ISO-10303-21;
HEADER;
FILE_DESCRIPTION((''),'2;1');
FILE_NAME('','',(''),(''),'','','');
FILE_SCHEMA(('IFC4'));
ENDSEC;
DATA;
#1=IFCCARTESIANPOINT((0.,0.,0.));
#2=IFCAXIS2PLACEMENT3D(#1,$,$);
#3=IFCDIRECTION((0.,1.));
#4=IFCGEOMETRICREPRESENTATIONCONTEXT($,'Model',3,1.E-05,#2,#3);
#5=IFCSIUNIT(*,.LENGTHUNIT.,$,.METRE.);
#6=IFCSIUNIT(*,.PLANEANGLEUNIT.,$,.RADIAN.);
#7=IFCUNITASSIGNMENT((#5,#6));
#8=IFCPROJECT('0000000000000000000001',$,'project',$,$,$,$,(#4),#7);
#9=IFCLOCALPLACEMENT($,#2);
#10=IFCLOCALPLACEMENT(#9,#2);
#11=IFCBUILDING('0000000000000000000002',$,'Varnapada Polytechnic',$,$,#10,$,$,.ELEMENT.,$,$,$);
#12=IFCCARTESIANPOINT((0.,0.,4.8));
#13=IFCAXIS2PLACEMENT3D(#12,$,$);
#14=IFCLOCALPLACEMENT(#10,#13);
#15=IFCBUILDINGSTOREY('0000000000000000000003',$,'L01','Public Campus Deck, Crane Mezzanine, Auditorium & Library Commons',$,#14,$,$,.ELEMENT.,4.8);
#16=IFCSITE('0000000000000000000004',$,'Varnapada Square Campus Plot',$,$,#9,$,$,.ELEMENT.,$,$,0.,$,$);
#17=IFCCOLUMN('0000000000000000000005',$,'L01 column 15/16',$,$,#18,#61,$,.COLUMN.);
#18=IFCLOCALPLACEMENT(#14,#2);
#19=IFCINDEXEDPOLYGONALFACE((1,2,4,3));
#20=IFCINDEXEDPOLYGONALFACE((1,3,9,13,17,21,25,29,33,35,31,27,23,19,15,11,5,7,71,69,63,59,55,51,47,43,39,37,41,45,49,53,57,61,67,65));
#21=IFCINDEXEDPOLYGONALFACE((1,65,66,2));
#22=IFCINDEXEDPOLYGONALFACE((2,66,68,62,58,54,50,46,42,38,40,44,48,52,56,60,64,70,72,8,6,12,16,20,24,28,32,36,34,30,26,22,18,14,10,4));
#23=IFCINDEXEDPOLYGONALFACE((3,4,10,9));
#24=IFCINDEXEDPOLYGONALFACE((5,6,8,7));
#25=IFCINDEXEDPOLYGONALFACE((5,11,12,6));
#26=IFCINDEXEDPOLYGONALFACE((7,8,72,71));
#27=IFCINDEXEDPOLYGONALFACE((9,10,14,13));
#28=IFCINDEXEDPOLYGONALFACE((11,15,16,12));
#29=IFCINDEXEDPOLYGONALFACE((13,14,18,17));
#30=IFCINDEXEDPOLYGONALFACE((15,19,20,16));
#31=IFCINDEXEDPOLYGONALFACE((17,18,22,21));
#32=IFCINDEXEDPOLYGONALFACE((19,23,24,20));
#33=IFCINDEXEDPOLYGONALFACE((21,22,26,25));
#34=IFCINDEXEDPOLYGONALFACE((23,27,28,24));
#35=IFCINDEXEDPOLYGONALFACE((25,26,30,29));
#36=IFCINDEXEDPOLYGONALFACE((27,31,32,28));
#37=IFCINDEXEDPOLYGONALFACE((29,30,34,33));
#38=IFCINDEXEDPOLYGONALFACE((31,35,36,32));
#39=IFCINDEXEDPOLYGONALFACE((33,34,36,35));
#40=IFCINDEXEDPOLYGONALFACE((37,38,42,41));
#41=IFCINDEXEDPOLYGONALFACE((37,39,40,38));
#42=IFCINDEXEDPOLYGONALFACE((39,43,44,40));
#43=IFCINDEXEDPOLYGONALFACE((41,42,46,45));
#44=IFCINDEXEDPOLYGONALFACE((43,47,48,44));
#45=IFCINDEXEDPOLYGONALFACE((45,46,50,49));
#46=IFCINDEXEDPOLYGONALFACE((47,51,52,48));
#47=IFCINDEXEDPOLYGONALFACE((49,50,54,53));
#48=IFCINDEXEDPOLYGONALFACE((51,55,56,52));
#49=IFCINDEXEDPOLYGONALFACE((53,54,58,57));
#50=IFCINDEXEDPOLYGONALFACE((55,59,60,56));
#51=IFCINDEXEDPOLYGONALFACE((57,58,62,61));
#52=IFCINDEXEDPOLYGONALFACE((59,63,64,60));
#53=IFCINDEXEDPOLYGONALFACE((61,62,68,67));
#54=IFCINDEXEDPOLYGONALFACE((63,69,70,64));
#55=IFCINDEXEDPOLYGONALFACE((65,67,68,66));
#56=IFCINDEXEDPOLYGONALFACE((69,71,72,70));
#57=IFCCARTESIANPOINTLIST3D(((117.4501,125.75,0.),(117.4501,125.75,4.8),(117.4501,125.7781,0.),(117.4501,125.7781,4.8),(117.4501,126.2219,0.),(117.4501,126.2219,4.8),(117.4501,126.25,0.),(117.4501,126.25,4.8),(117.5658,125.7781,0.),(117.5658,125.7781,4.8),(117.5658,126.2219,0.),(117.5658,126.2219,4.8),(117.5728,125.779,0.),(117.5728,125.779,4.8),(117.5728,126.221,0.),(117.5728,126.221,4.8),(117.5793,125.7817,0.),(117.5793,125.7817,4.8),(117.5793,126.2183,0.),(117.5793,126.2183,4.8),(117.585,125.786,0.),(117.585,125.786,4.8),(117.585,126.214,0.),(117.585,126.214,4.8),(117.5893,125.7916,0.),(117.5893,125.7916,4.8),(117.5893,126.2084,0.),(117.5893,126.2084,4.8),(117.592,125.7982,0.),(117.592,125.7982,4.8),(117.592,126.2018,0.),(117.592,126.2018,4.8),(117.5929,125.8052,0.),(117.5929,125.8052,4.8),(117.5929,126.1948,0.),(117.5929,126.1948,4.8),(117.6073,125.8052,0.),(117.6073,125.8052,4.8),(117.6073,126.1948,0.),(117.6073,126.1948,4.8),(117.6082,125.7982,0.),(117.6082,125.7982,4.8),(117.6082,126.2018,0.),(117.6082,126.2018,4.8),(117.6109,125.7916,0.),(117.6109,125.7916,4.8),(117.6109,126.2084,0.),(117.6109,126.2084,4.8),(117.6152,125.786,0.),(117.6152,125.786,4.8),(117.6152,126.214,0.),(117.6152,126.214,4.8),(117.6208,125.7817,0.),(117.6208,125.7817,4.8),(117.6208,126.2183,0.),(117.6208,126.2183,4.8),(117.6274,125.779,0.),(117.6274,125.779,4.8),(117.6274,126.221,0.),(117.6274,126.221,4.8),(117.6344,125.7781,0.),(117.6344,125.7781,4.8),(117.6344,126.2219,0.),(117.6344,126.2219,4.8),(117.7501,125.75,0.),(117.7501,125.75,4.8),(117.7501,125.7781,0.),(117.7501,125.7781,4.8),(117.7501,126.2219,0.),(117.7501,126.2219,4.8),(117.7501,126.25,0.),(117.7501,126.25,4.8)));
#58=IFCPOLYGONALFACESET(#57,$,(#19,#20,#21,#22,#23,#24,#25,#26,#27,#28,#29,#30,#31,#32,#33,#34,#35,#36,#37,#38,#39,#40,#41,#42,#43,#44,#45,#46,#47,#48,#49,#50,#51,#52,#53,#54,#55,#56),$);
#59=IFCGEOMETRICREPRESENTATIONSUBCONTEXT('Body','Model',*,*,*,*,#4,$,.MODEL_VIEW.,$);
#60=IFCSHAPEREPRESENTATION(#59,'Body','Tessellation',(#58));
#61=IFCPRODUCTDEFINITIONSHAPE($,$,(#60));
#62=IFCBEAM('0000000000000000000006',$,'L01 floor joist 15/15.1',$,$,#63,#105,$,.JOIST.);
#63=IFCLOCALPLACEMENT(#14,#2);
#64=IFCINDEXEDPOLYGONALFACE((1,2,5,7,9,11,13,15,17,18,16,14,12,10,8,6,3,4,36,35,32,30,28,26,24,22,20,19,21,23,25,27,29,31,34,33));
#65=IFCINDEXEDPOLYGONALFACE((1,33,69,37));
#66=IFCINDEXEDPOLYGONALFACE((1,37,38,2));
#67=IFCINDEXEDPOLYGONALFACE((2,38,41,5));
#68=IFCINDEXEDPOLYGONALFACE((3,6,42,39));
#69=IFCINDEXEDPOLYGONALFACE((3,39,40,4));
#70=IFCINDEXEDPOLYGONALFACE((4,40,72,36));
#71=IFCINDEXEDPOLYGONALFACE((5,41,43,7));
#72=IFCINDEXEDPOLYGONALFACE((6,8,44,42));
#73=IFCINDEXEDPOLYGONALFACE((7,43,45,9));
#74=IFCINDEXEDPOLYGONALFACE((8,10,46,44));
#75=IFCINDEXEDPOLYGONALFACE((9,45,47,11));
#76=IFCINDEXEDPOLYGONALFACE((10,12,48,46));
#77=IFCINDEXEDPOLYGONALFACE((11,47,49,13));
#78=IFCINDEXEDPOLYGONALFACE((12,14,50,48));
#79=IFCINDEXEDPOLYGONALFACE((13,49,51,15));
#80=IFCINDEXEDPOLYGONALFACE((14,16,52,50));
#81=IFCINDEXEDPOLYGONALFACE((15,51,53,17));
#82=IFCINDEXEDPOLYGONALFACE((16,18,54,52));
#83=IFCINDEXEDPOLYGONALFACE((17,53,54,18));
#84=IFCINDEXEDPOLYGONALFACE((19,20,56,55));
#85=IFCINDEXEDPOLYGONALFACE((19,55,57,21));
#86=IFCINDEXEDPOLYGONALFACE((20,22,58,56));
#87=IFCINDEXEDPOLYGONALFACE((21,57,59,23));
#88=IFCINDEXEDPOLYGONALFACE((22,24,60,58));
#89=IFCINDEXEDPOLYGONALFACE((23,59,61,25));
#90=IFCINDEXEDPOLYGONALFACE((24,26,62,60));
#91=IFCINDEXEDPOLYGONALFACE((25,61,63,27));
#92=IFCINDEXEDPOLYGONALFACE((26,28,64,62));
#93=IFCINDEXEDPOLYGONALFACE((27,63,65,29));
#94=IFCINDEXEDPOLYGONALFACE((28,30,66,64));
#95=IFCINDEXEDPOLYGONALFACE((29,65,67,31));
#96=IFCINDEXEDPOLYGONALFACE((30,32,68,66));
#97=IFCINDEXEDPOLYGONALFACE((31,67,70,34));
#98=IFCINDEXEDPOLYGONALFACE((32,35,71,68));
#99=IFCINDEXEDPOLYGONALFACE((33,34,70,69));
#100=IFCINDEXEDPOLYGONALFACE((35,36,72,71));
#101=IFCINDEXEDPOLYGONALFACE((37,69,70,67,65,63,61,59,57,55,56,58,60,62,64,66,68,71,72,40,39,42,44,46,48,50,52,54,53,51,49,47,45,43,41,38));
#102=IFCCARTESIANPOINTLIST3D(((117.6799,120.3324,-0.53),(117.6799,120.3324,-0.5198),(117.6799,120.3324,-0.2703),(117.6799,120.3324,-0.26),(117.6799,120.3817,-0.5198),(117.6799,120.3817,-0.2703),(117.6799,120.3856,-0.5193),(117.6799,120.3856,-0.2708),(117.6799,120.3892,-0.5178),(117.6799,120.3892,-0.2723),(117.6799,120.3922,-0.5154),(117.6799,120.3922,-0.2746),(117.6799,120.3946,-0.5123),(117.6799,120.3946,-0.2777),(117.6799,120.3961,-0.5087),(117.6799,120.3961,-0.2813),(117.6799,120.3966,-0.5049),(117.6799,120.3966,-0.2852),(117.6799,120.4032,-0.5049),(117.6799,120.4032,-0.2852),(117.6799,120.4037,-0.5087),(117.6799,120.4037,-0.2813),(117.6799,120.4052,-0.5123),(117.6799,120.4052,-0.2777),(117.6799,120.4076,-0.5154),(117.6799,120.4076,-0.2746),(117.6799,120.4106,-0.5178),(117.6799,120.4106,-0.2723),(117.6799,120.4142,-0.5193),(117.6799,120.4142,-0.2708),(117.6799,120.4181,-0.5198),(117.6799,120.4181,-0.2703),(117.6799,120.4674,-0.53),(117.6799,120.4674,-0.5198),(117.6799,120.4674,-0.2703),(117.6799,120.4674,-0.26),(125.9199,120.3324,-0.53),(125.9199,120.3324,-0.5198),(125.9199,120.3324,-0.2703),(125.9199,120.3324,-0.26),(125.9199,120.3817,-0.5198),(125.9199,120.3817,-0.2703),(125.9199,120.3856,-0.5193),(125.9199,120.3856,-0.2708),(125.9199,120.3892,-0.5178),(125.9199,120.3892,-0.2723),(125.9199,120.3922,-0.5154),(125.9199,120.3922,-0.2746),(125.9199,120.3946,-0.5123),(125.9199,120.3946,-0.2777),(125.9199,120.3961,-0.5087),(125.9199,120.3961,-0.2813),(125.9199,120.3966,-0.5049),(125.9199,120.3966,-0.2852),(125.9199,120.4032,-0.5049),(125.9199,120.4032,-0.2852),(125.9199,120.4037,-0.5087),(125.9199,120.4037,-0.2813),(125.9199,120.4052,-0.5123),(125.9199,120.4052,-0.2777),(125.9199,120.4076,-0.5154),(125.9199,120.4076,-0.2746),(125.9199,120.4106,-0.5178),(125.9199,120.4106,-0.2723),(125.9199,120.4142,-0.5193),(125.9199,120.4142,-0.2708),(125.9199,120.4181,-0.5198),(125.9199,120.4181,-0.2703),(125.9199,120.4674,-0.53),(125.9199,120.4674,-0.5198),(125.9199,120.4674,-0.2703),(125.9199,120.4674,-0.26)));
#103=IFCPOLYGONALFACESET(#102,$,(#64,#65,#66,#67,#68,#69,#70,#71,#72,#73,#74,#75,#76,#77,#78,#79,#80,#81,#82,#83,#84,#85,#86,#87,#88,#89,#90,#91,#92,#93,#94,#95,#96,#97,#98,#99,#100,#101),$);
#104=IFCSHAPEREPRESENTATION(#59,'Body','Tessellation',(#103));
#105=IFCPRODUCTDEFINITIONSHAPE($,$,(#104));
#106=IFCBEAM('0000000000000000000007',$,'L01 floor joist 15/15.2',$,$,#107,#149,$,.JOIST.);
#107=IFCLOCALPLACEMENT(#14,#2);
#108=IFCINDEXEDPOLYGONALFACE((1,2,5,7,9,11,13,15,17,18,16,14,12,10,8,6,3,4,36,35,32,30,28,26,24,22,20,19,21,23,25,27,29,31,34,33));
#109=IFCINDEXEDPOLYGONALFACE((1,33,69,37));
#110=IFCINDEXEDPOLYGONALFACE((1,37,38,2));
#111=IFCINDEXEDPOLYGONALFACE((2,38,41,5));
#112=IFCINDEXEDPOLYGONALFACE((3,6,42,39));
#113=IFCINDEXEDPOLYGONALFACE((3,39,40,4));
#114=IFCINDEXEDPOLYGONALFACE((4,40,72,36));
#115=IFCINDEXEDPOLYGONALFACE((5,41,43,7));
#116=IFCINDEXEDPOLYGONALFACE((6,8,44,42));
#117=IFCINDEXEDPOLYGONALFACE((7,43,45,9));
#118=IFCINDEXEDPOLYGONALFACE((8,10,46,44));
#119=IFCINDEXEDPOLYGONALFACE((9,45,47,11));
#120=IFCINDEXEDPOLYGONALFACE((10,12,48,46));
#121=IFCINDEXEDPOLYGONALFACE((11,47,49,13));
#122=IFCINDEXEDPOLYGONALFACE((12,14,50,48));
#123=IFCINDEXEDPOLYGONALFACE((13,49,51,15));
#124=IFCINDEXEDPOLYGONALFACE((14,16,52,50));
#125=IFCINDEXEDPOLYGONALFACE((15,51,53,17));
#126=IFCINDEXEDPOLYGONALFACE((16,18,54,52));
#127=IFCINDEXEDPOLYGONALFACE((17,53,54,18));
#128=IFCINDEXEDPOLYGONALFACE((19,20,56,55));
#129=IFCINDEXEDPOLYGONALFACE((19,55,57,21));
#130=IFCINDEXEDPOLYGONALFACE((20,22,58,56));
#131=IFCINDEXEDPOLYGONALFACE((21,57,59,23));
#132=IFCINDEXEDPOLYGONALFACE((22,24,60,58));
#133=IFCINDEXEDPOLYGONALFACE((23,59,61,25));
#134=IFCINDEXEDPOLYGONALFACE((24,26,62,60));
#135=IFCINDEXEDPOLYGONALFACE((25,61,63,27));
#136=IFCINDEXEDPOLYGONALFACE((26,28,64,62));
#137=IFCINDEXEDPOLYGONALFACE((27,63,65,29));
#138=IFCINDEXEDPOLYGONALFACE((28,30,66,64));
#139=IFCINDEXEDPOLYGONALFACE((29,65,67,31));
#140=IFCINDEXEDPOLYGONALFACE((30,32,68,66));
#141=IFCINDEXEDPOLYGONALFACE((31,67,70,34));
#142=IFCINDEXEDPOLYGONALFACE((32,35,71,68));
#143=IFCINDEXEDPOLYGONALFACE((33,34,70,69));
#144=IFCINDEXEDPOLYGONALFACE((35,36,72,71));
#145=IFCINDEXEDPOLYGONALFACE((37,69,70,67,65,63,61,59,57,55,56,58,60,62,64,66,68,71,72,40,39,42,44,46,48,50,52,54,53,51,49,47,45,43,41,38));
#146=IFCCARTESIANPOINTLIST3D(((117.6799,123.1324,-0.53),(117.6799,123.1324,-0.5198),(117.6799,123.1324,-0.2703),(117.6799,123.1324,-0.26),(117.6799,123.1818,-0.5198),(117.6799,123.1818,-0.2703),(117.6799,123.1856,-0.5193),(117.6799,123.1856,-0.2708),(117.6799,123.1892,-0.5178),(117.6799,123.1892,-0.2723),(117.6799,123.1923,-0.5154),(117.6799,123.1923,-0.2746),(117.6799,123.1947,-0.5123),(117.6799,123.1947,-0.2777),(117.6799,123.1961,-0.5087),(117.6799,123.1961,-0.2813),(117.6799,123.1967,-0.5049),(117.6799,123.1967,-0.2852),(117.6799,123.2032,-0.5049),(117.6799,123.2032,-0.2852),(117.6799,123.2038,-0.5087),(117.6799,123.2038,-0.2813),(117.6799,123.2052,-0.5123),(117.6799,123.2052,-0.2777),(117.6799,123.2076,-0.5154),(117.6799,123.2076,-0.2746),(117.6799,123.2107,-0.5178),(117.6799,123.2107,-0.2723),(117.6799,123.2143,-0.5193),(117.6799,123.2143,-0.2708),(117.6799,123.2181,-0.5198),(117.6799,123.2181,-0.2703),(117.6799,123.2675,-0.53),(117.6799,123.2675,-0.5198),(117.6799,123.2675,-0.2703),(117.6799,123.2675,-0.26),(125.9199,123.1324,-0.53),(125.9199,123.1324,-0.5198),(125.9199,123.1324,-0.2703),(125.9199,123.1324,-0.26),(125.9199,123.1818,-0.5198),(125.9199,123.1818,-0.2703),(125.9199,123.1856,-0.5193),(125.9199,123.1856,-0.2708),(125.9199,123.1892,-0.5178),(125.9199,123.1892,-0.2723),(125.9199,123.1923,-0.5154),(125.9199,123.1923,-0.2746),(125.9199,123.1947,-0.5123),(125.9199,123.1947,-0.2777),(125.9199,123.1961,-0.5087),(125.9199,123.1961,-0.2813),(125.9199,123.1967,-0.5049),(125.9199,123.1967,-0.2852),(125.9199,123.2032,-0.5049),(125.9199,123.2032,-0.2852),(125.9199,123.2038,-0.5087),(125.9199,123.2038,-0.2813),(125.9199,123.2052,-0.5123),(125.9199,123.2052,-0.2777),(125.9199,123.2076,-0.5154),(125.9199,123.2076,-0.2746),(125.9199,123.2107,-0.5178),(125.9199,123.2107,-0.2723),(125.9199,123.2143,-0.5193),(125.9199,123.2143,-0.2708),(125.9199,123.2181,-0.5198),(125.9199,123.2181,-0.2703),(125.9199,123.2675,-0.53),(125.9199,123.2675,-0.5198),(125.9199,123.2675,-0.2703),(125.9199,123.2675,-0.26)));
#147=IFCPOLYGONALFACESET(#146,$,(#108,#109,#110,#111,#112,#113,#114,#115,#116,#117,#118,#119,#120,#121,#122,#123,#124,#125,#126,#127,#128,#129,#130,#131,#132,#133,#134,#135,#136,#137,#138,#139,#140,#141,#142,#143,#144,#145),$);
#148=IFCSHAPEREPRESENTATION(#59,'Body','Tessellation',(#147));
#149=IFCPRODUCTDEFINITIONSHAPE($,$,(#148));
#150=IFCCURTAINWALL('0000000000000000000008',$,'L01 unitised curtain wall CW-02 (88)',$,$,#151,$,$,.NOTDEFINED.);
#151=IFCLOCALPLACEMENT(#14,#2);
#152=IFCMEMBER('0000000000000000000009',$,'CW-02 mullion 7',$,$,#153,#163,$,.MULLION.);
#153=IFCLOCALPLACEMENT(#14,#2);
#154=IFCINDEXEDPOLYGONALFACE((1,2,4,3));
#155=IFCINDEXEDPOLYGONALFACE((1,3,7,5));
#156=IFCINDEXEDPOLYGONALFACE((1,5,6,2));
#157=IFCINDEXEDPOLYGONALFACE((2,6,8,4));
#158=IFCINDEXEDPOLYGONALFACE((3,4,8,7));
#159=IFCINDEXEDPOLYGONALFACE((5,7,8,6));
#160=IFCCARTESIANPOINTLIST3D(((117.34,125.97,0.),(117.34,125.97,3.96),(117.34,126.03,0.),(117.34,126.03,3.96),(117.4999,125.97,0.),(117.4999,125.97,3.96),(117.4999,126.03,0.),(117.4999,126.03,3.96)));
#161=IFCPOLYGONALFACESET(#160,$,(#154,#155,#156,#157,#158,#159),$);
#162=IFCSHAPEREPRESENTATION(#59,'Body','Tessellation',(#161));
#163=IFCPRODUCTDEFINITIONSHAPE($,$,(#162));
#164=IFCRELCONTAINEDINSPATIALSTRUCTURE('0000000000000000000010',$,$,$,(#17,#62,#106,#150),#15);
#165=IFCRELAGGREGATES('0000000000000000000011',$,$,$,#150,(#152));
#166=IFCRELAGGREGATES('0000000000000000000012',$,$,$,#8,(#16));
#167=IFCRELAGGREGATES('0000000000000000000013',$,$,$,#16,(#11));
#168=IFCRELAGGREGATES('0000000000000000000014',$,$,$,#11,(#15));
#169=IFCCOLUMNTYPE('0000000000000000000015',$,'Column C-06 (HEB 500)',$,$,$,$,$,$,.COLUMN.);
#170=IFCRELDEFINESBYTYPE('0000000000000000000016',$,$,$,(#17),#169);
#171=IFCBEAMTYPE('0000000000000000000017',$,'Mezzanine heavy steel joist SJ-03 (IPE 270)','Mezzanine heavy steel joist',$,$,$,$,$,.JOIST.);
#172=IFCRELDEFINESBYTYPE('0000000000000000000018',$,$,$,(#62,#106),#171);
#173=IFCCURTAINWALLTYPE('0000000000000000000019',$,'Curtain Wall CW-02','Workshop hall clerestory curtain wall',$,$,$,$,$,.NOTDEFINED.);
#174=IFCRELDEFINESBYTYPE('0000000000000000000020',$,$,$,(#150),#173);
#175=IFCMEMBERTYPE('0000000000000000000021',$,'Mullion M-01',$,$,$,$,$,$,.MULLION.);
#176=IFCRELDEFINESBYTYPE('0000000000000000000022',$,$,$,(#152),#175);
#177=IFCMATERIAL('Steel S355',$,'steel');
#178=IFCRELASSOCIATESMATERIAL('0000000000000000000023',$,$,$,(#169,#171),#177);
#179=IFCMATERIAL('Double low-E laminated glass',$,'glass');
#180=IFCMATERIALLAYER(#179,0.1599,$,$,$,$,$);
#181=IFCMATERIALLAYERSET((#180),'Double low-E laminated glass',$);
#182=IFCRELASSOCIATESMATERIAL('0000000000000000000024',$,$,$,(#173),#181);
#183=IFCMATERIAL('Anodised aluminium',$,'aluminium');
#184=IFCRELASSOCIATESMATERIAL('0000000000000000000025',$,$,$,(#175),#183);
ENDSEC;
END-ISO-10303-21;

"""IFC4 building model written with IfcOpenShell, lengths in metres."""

from ifc_helpers import new_model, si_unit, direction, frame, origin, origin_2d, place, context, subcontext, project, spatial, rectangle, i_section, extrude, material, layer, layer_set, material_profile, profile_set, type_object, element, aggregate, save


model = new_model("IFC4")

# Units and contexts
model_context = context("Model", 3, precision=1e-05, world=origin(), true_north=direction((0.0, 1.0)))
body_context = subcontext(model_context, "Body", "Model", "MODEL_VIEW")
ifc_project = project(units=[si_unit("LENGTHUNIT", "METRE"), si_unit("PLANEANGLEUNIT", "RADIAN")], contexts=[model_context])

# Site, building, storey
site_placement = place(None, origin())
site = spatial("IfcSite", under=ifc_project, at=site_placement, Name="Varnapada Square Campus Plot", CompositionType="ELEMENT", RefElevation=0.0)
building_placement = place(site_placement, origin())
building = spatial("IfcBuilding", under=site, at=building_placement, Name="Varnapada Polytechnic", CompositionType="ELEMENT")
storey_placement = place(building_placement, frame((0.0, 0.0, 4.8)))
storey = spatial("IfcBuildingStorey", under=building, at=storey_placement, Name="L01", Description="Public Campus Deck, Crane Mezzanine, Auditorium & Library Commons", CompositionType="ELEMENT", Elevation=4.8)

# Column
ifc_material_1 = material(Name="Steel S355", Category="steel")
ifc_material_profile_1 = material_profile(ifc_material_1, i_section(OverallWidth=0.3, OverallDepth=0.5, WebThickness=0.0144, FlangeThickness=0.0281, FilletRadius=0.0271, at=origin_2d()), Name="HEB 500")
ifc_profile_set_1 = profile_set([ifc_material_profile_1], Name="Steel S355")
column_type = type_object("IfcColumnType", Name="Column C-06 (HEB 500)", PredefinedType="COLUMN", material=ifc_profile_set_1)
column_placement = place(storey_placement, frame((117.6001, 126.0, 0.0), z_axis=(0.0, 0.0, 1.0), x_axis=(1.0, 0.0, 0.0)))
element("IfcColumn", 1, at=column_placement, inside=storey, type_object=column_type, Name="L01 column 15/16", PredefinedType="COLUMN", context=body_context, shape_type="SweptSolid", body=[
    extrude(i_section(OverallWidth=0.3, OverallDepth=0.5, WebThickness=0.0144, FlangeThickness=0.0281, FilletRadius=0.0271, at=origin_2d()), origin(), (0.0, 0.0, 1.0), 4.8),
])

# Beams
ifc_material_profile_2 = material_profile(ifc_material_1, i_section(OverallWidth=0.135, OverallDepth=0.27, WebThickness=0.0066, FlangeThickness=0.0103, FilletRadius=0.0149, at=origin_2d()), Name="IPE 270")
ifc_profile_set_2 = profile_set([ifc_material_profile_2], Name="Steel S355")
beam_type_1 = type_object("IfcBeamType", Name="Mezzanine heavy steel joist SJ-03 (IPE 270)", Description="Mezzanine heavy steel joist", PredefinedType="JOIST", material=ifc_profile_set_2)
for number, where, z_axis, x_axis, name in (
    (2, (117.6799, 120.3999, -0.395), (1.0, 0.0, 0.0), (0.0, 1.0, 0.0), "L01 floor joist 15/15.1"),
    (3, (117.6799, 123.2, -0.395), (1.0, 0.0, 0.0), (0.0, 1.0, 0.0), "L01 floor joist 15/15.2"),
):
    element("IfcBeam", number, at=place(storey_placement, frame(where, z_axis=z_axis, x_axis=x_axis)), inside=storey, type_object=beam_type_1, Name=name, PredefinedType="JOIST", context=body_context, shape_type="SweptSolid", body=[
        extrude(i_section(OverallWidth=0.135, OverallDepth=0.27, WebThickness=0.0066, FlangeThickness=0.0103, FilletRadius=0.0149, at=origin_2d()), origin(), (0.0, 0.0, 1.0), 8.24),
    ])

# Curtain wall, member
ifc_material_2 = material(Name="Double low-E laminated glass", Category="glass")
ifc_layer_1 = layer(ifc_material_2, 0.1599)
ifc_layer_set_1 = layer_set([ifc_layer_1], Name="Double low-E laminated glass")
curtain_wall_type = type_object("IfcCurtainWallType", Name="Curtain Wall CW-02", Description="Workshop hall clerestory curtain wall", PredefinedType="NOTDEFINED", material=ifc_layer_set_1)
curtain_wall_placement = place(storey_placement, origin())
curtain_wall = element("IfcCurtainWall", 4, at=curtain_wall_placement, inside=storey, type_object=curtain_wall_type, Name="L01 unitised curtain wall CW-02 (88)", PredefinedType="NOTDEFINED")
ifc_material_3 = material(Name="Anodised aluminium", Category="aluminium")
ifc_material_profile_3 = material_profile(ifc_material_3, rectangle(XDim=0.0601, YDim=0.1599, at=origin_2d()), Name="ALU M60x160")
ifc_profile_set_3 = profile_set([ifc_material_profile_3], Name="Anodised aluminium")
member_type = type_object("IfcMemberType", Name="Mullion M-01", PredefinedType="MULLION", material=ifc_profile_set_3)
member_placement = place(storey_placement, frame((117.4199, 126.0, 0.0), z_axis=(0.0, 0.0, 1.0), x_axis=(0.0, 1.0, 0.0)))
member = element("IfcMember", 5, at=member_placement, type_object=member_type, Name="CW-02 mullion 7", PredefinedType="MULLION", context=body_context, shape_type="SweptSolid", body=[
    extrude(rectangle(XDim=0.0601, YDim=0.1599, at=origin_2d()), origin(), (0.0, 0.0, 1.0), 3.96),
])
aggregate(curtain_wall, [member])

save(model, "model.ifc")
